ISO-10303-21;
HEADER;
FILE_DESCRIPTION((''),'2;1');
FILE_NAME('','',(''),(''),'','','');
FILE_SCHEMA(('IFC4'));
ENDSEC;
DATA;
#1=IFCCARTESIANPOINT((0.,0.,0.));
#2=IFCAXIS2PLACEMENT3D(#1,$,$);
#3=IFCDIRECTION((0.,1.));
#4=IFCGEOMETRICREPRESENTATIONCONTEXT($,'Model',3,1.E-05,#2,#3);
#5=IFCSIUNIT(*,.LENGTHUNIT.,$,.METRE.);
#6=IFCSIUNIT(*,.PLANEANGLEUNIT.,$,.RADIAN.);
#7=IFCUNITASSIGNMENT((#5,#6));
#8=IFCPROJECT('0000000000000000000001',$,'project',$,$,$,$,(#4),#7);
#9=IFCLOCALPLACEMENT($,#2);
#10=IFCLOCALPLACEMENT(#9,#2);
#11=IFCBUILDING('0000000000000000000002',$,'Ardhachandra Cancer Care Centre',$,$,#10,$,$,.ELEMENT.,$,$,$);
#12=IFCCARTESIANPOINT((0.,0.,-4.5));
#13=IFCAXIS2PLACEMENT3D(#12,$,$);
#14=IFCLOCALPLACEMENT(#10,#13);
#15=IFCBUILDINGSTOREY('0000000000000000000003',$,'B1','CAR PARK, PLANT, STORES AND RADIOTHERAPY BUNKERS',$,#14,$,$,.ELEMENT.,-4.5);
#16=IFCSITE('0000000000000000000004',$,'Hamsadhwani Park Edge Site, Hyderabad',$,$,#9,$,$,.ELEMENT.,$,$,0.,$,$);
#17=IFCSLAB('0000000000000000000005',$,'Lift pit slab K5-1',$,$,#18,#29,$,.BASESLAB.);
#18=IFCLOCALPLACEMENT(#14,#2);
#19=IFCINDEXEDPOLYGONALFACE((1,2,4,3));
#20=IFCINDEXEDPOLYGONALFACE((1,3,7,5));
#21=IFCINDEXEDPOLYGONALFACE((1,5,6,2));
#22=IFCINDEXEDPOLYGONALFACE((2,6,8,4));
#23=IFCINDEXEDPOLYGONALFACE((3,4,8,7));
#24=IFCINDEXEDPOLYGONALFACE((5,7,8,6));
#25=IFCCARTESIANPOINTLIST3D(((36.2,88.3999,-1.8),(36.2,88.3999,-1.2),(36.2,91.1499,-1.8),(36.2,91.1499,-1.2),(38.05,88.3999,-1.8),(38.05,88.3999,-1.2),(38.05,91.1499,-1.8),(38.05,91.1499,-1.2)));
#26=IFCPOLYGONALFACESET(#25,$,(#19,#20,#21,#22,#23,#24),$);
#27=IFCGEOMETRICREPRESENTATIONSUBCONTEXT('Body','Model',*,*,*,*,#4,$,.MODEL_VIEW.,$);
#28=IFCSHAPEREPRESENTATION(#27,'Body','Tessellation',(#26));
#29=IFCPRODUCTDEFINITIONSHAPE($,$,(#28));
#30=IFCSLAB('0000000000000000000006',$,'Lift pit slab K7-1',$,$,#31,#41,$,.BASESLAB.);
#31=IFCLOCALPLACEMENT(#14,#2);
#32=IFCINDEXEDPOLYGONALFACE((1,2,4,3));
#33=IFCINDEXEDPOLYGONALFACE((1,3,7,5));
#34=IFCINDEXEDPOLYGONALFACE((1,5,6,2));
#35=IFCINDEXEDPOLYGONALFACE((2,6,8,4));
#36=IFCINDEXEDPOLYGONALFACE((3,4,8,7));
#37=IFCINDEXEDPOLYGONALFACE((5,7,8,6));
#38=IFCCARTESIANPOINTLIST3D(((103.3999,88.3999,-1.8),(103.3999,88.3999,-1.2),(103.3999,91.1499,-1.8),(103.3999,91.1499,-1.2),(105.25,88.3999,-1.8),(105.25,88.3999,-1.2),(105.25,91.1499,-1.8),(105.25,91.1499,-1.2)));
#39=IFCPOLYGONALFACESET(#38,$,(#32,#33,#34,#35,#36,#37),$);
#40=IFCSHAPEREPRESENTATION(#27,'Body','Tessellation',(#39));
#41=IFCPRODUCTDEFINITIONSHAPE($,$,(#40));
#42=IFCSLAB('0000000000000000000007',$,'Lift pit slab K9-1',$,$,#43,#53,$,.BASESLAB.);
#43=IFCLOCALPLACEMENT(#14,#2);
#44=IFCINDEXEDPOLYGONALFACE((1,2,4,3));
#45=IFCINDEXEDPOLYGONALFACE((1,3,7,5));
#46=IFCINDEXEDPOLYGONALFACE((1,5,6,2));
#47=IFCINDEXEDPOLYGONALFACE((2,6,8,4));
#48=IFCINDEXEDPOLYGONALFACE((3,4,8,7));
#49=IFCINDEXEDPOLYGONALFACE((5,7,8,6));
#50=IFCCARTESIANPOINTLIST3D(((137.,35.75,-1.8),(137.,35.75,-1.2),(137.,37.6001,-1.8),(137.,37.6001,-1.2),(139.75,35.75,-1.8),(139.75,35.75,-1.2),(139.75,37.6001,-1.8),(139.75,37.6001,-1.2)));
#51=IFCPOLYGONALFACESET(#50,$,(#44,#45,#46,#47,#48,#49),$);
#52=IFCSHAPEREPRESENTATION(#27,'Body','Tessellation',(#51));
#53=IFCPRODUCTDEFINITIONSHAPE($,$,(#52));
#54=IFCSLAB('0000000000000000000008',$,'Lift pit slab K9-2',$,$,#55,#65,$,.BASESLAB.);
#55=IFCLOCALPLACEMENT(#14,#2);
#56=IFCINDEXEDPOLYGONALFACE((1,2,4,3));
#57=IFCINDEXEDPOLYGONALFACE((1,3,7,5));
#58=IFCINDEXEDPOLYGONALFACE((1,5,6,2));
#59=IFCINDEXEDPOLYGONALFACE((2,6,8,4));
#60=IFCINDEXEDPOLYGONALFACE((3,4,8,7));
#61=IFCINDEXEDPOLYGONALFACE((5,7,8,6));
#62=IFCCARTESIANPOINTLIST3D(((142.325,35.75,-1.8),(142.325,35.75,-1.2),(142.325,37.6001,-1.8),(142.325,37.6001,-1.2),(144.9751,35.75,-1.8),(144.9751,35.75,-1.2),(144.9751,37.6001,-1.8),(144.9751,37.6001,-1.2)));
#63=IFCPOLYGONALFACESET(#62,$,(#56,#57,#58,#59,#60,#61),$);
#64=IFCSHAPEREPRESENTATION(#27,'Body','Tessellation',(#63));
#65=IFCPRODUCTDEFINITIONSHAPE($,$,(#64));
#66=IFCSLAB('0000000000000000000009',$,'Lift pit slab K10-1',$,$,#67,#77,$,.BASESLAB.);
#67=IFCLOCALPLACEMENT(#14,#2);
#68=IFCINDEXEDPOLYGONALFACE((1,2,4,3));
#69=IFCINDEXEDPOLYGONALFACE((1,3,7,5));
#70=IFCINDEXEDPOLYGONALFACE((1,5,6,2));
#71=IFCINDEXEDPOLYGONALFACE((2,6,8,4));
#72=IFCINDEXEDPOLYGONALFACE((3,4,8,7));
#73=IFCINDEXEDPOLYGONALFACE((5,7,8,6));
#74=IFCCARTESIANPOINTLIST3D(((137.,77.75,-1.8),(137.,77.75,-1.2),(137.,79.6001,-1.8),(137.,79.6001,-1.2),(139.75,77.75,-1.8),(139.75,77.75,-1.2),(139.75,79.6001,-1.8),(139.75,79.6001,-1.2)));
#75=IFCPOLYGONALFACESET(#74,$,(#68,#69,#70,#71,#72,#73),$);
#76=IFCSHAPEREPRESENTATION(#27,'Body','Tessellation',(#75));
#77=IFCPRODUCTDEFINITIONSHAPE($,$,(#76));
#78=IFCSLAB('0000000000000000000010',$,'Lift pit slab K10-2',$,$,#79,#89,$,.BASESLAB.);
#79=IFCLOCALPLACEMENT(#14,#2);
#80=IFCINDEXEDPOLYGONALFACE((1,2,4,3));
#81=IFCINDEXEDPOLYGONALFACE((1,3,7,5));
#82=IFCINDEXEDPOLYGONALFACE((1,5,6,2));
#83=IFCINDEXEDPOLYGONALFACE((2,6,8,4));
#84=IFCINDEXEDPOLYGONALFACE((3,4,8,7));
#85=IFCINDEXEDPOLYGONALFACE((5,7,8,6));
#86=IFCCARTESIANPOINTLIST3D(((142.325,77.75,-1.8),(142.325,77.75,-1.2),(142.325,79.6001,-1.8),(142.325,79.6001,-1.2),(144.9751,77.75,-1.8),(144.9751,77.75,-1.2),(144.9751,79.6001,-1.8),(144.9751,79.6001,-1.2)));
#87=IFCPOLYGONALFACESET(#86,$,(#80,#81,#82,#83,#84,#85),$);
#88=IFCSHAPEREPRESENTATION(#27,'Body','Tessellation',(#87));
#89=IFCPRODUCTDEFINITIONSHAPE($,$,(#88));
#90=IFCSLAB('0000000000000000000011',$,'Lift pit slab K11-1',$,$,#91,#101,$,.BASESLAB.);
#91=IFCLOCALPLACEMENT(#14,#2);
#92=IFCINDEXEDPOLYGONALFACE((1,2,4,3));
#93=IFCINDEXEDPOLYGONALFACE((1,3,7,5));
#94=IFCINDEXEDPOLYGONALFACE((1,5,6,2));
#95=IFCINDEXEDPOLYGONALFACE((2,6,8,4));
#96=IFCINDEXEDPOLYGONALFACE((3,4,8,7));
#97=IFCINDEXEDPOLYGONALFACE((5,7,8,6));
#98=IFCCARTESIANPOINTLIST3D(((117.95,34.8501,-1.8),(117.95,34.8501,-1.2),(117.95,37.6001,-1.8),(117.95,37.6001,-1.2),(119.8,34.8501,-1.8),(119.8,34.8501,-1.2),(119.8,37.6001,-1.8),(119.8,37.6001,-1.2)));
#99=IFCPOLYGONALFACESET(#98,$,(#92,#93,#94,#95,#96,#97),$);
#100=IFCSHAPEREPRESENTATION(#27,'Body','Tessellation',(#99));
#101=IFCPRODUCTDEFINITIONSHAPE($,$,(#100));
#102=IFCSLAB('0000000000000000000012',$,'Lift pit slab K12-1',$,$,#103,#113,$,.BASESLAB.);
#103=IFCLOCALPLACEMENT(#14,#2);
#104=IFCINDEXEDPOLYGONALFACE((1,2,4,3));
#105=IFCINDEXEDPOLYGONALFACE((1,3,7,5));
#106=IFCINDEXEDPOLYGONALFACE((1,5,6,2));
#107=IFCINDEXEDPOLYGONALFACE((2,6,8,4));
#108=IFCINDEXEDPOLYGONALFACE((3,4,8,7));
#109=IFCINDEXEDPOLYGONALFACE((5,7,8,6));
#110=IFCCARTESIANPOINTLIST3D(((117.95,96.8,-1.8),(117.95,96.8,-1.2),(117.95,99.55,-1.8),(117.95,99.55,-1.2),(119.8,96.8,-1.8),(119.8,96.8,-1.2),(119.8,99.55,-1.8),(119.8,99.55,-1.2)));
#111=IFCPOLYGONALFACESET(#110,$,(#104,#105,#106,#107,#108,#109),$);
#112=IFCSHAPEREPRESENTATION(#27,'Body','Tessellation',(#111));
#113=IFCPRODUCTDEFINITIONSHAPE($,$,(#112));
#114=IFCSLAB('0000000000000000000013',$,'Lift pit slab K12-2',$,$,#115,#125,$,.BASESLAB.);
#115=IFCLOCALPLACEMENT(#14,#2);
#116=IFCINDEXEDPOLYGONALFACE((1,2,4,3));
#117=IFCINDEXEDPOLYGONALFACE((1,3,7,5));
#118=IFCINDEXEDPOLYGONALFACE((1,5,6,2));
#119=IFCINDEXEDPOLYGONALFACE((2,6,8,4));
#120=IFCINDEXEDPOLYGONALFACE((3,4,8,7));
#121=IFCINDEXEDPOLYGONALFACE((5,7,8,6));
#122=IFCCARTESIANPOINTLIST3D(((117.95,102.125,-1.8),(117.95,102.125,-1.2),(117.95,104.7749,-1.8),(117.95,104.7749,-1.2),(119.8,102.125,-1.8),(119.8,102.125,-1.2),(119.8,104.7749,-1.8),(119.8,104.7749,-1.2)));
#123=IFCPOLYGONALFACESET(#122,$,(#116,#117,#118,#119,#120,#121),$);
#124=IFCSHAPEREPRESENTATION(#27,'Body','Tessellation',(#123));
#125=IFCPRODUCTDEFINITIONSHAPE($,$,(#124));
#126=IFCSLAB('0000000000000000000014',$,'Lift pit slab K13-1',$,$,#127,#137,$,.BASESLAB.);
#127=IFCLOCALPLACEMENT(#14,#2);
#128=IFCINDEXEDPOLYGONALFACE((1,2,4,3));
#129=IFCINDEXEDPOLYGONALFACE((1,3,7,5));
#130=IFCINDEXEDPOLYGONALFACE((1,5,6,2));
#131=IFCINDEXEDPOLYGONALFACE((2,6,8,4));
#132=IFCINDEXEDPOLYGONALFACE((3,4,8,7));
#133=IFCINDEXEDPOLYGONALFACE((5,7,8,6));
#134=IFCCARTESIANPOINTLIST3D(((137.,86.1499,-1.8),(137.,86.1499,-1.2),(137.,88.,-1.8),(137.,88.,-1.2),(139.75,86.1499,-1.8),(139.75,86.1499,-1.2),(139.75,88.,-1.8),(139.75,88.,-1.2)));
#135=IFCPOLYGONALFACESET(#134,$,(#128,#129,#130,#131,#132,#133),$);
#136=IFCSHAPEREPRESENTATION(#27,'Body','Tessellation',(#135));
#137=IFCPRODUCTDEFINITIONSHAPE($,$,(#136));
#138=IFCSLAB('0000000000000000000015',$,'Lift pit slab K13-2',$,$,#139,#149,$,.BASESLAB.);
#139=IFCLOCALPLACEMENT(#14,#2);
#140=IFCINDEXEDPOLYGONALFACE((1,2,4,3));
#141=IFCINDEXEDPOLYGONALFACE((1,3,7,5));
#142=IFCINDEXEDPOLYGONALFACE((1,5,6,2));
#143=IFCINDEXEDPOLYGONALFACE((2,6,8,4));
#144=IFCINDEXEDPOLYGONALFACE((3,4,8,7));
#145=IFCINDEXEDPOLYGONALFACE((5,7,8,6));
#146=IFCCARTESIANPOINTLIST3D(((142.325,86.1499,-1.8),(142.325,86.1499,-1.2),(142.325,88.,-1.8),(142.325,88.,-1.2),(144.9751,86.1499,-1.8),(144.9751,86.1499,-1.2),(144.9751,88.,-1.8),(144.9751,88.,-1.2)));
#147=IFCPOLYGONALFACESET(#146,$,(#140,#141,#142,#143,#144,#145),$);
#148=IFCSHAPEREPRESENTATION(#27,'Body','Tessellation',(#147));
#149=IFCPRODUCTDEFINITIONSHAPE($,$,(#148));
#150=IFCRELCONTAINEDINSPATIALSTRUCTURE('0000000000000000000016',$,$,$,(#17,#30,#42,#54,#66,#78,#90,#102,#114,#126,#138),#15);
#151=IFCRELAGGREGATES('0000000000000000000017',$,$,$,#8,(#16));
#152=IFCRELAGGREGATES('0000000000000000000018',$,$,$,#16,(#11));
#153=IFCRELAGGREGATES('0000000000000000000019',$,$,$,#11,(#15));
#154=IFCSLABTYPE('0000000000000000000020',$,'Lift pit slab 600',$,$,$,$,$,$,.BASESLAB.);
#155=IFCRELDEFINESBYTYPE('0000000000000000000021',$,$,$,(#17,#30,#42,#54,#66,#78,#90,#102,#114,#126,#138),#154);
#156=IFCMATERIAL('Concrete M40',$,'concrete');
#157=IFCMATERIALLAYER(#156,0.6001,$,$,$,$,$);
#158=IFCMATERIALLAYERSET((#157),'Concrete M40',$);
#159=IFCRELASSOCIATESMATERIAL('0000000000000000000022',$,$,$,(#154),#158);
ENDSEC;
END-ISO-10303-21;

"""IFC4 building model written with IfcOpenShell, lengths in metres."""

from ifc_helpers import new_model, si_unit, direction, frame, origin, place, context, subcontext, project, spatial, polyline, outline, extrude, material, layer, layer_set, type_object, element, save


model = new_model("IFC4")

# Units and contexts
model_context = context("Model", 3, precision=1e-05, world=origin(), true_north=direction((0.0, 1.0)))
body_context = subcontext(model_context, "Body", "Model", "MODEL_VIEW")
ifc_project = project(units=[si_unit("LENGTHUNIT", "METRE"), si_unit("PLANEANGLEUNIT", "RADIAN")], contexts=[model_context])

# Site, building, storey
site_placement = place(None, origin())
site = spatial("IfcSite", under=ifc_project, at=site_placement, Name="Hamsadhwani Park Edge Site, Hyderabad", CompositionType="ELEMENT", RefElevation=0.0)
building_placement = place(site_placement, origin())
building = spatial("IfcBuilding", under=site, at=building_placement, Name="Ardhachandra Cancer Care Centre", CompositionType="ELEMENT")
storey_placement = place(building_placement, frame((0.0, 0.0, -4.5)))
storey = spatial("IfcBuildingStorey", under=building, at=storey_placement, Name="B1", Description="CAR PARK, PLANT, STORES AND RADIOTHERAPY BUNKERS", CompositionType="ELEMENT", Elevation=-4.5)

# Slabs
ifc_material_1 = material(Name="Concrete M40", Category="concrete")
ifc_layer = layer(ifc_material_1, 0.6001)
ifc_layer_set = layer_set([ifc_layer], Name="Concrete M40")
slab_type = type_object("IfcSlabType", Name="Lift pit slab 600", PredefinedType="BASESLAB", material=ifc_layer_set)
slab_1_placement = place(storey_placement, frame((0.0, 0.0, -1.8)))
element("IfcSlab", 1, at=slab_1_placement, inside=storey, type_object=slab_type, Name="Lift pit slab K5-1", PredefinedType="BASESLAB", context=body_context, shape_type="SweptSolid", body=[
    extrude(outline(polyline([(36.2, 88.3999), (38.05, 88.3999), (38.05, 91.1499), (36.2, 91.1499), (36.2, 88.3999)])), origin(), (0.0, 0.0, 1.0), 0.6001),
])
slab_2_placement = place(storey_placement, frame((0.0, 0.0, -1.8)))
element("IfcSlab", 2, at=slab_2_placement, inside=storey, type_object=slab_type, Name="Lift pit slab K7-1", PredefinedType="BASESLAB", context=body_context, shape_type="SweptSolid", body=[
    extrude(outline(polyline([(103.3999, 88.3999), (105.25, 88.3999), (105.25, 91.1499), (103.3999, 91.1499), (103.3999, 88.3999)])), origin(), (0.0, 0.0, 1.0), 0.6001),
])
slab_3_placement = place(storey_placement, frame((0.0, 0.0, -1.8)))
element("IfcSlab", 3, at=slab_3_placement, inside=storey, type_object=slab_type, Name="Lift pit slab K9-1", PredefinedType="BASESLAB", context=body_context, shape_type="SweptSolid", body=[
    extrude(outline(polyline([(137.0, 35.75), (139.75, 35.75), (139.75, 37.6001), (137.0, 37.6001), (137.0, 35.75)])), origin(), (0.0, 0.0, 1.0), 0.6001),
])
slab_4_placement = place(storey_placement, frame((0.0, 0.0, -1.8)))
element("IfcSlab", 4, at=slab_4_placement, inside=storey, type_object=slab_type, Name="Lift pit slab K9-2", PredefinedType="BASESLAB", context=body_context, shape_type="SweptSolid", body=[
    extrude(outline(polyline([(142.325, 35.75), (144.9751, 35.75), (144.9751, 37.6001), (142.325, 37.6001), (142.325, 35.75)])), origin(), (0.0, 0.0, 1.0), 0.6001),
])
slab_5_placement = place(storey_placement, frame((0.0, 0.0, -1.8)))
element("IfcSlab", 5, at=slab_5_placement, inside=storey, type_object=slab_type, Name="Lift pit slab K10-1", PredefinedType="BASESLAB", context=body_context, shape_type="SweptSolid", body=[
    extrude(outline(polyline([(137.0, 77.75), (139.75, 77.75), (139.75, 79.6001), (137.0, 79.6001), (137.0, 77.75)])), origin(), (0.0, 0.0, 1.0), 0.6001),
])
slab_6_placement = place(storey_placement, frame((0.0, 0.0, -1.8)))
element("IfcSlab", 6, at=slab_6_placement, inside=storey, type_object=slab_type, Name="Lift pit slab K10-2", PredefinedType="BASESLAB", context=body_context, shape_type="SweptSolid", body=[
    extrude(outline(polyline([(142.325, 77.75), (144.9751, 77.75), (144.9751, 79.6001), (142.325, 79.6001), (142.325, 77.75)])), origin(), (0.0, 0.0, 1.0), 0.6001),
])
slab_7_placement = place(storey_placement, frame((0.0, 0.0, -1.8)))
element("IfcSlab", 7, at=slab_7_placement, inside=storey, type_object=slab_type, Name="Lift pit slab K11-1", PredefinedType="BASESLAB", context=body_context, shape_type="SweptSolid", body=[
    extrude(outline(polyline([(117.95, 34.8501), (119.8, 34.8501), (119.8, 37.6001), (117.95, 37.6001), (117.95, 34.8501)])), origin(), (0.0, 0.0, 1.0), 0.6001),
])
slab_8_placement = place(storey_placement, frame((0.0, 0.0, -1.8)))
element("IfcSlab", 8, at=slab_8_placement, inside=storey, type_object=slab_type, Name="Lift pit slab K12-1", PredefinedType="BASESLAB", context=body_context, shape_type="SweptSolid", body=[
    extrude(outline(polyline([(117.95, 96.8), (119.8, 96.8), (119.8, 99.55), (117.95, 99.55), (117.95, 96.8)])), origin(), (0.0, 0.0, 1.0), 0.6001),
])
slab_9_placement = place(storey_placement, frame((0.0, 0.0, -1.8)))
element("IfcSlab", 9, at=slab_9_placement, inside=storey, type_object=slab_type, Name="Lift pit slab K12-2", PredefinedType="BASESLAB", context=body_context, shape_type="SweptSolid", body=[
    extrude(outline(polyline([(117.95, 102.125), (119.8, 102.125), (119.8, 104.7749), (117.95, 104.7749), (117.95, 102.125)])), origin(), (0.0, 0.0, 1.0), 0.6001),
])
slab_10_placement = place(storey_placement, frame((0.0, 0.0, -1.8)))
element("IfcSlab", 10, at=slab_10_placement, inside=storey, type_object=slab_type, Name="Lift pit slab K13-1", PredefinedType="BASESLAB", context=body_context, shape_type="SweptSolid", body=[
    extrude(outline(polyline([(137.0, 86.1499), (139.75, 86.1499), (139.75, 88.0), (137.0, 88.0), (137.0, 86.1499)])), origin(), (0.0, 0.0, 1.0), 0.6001),
])
slab_11_placement = place(storey_placement, frame((0.0, 0.0, -1.8)))
element("IfcSlab", 11, at=slab_11_placement, inside=storey, type_object=slab_type, Name="Lift pit slab K13-2", PredefinedType="BASESLAB", context=body_context, shape_type="SweptSolid", body=[
    extrude(outline(polyline([(142.325, 86.1499), (144.9751, 86.1499), (144.9751, 88.0), (142.325, 88.0), (142.325, 86.1499)])), origin(), (0.0, 0.0, 1.0), 0.6001),
])

save(model, "model.ifc")
